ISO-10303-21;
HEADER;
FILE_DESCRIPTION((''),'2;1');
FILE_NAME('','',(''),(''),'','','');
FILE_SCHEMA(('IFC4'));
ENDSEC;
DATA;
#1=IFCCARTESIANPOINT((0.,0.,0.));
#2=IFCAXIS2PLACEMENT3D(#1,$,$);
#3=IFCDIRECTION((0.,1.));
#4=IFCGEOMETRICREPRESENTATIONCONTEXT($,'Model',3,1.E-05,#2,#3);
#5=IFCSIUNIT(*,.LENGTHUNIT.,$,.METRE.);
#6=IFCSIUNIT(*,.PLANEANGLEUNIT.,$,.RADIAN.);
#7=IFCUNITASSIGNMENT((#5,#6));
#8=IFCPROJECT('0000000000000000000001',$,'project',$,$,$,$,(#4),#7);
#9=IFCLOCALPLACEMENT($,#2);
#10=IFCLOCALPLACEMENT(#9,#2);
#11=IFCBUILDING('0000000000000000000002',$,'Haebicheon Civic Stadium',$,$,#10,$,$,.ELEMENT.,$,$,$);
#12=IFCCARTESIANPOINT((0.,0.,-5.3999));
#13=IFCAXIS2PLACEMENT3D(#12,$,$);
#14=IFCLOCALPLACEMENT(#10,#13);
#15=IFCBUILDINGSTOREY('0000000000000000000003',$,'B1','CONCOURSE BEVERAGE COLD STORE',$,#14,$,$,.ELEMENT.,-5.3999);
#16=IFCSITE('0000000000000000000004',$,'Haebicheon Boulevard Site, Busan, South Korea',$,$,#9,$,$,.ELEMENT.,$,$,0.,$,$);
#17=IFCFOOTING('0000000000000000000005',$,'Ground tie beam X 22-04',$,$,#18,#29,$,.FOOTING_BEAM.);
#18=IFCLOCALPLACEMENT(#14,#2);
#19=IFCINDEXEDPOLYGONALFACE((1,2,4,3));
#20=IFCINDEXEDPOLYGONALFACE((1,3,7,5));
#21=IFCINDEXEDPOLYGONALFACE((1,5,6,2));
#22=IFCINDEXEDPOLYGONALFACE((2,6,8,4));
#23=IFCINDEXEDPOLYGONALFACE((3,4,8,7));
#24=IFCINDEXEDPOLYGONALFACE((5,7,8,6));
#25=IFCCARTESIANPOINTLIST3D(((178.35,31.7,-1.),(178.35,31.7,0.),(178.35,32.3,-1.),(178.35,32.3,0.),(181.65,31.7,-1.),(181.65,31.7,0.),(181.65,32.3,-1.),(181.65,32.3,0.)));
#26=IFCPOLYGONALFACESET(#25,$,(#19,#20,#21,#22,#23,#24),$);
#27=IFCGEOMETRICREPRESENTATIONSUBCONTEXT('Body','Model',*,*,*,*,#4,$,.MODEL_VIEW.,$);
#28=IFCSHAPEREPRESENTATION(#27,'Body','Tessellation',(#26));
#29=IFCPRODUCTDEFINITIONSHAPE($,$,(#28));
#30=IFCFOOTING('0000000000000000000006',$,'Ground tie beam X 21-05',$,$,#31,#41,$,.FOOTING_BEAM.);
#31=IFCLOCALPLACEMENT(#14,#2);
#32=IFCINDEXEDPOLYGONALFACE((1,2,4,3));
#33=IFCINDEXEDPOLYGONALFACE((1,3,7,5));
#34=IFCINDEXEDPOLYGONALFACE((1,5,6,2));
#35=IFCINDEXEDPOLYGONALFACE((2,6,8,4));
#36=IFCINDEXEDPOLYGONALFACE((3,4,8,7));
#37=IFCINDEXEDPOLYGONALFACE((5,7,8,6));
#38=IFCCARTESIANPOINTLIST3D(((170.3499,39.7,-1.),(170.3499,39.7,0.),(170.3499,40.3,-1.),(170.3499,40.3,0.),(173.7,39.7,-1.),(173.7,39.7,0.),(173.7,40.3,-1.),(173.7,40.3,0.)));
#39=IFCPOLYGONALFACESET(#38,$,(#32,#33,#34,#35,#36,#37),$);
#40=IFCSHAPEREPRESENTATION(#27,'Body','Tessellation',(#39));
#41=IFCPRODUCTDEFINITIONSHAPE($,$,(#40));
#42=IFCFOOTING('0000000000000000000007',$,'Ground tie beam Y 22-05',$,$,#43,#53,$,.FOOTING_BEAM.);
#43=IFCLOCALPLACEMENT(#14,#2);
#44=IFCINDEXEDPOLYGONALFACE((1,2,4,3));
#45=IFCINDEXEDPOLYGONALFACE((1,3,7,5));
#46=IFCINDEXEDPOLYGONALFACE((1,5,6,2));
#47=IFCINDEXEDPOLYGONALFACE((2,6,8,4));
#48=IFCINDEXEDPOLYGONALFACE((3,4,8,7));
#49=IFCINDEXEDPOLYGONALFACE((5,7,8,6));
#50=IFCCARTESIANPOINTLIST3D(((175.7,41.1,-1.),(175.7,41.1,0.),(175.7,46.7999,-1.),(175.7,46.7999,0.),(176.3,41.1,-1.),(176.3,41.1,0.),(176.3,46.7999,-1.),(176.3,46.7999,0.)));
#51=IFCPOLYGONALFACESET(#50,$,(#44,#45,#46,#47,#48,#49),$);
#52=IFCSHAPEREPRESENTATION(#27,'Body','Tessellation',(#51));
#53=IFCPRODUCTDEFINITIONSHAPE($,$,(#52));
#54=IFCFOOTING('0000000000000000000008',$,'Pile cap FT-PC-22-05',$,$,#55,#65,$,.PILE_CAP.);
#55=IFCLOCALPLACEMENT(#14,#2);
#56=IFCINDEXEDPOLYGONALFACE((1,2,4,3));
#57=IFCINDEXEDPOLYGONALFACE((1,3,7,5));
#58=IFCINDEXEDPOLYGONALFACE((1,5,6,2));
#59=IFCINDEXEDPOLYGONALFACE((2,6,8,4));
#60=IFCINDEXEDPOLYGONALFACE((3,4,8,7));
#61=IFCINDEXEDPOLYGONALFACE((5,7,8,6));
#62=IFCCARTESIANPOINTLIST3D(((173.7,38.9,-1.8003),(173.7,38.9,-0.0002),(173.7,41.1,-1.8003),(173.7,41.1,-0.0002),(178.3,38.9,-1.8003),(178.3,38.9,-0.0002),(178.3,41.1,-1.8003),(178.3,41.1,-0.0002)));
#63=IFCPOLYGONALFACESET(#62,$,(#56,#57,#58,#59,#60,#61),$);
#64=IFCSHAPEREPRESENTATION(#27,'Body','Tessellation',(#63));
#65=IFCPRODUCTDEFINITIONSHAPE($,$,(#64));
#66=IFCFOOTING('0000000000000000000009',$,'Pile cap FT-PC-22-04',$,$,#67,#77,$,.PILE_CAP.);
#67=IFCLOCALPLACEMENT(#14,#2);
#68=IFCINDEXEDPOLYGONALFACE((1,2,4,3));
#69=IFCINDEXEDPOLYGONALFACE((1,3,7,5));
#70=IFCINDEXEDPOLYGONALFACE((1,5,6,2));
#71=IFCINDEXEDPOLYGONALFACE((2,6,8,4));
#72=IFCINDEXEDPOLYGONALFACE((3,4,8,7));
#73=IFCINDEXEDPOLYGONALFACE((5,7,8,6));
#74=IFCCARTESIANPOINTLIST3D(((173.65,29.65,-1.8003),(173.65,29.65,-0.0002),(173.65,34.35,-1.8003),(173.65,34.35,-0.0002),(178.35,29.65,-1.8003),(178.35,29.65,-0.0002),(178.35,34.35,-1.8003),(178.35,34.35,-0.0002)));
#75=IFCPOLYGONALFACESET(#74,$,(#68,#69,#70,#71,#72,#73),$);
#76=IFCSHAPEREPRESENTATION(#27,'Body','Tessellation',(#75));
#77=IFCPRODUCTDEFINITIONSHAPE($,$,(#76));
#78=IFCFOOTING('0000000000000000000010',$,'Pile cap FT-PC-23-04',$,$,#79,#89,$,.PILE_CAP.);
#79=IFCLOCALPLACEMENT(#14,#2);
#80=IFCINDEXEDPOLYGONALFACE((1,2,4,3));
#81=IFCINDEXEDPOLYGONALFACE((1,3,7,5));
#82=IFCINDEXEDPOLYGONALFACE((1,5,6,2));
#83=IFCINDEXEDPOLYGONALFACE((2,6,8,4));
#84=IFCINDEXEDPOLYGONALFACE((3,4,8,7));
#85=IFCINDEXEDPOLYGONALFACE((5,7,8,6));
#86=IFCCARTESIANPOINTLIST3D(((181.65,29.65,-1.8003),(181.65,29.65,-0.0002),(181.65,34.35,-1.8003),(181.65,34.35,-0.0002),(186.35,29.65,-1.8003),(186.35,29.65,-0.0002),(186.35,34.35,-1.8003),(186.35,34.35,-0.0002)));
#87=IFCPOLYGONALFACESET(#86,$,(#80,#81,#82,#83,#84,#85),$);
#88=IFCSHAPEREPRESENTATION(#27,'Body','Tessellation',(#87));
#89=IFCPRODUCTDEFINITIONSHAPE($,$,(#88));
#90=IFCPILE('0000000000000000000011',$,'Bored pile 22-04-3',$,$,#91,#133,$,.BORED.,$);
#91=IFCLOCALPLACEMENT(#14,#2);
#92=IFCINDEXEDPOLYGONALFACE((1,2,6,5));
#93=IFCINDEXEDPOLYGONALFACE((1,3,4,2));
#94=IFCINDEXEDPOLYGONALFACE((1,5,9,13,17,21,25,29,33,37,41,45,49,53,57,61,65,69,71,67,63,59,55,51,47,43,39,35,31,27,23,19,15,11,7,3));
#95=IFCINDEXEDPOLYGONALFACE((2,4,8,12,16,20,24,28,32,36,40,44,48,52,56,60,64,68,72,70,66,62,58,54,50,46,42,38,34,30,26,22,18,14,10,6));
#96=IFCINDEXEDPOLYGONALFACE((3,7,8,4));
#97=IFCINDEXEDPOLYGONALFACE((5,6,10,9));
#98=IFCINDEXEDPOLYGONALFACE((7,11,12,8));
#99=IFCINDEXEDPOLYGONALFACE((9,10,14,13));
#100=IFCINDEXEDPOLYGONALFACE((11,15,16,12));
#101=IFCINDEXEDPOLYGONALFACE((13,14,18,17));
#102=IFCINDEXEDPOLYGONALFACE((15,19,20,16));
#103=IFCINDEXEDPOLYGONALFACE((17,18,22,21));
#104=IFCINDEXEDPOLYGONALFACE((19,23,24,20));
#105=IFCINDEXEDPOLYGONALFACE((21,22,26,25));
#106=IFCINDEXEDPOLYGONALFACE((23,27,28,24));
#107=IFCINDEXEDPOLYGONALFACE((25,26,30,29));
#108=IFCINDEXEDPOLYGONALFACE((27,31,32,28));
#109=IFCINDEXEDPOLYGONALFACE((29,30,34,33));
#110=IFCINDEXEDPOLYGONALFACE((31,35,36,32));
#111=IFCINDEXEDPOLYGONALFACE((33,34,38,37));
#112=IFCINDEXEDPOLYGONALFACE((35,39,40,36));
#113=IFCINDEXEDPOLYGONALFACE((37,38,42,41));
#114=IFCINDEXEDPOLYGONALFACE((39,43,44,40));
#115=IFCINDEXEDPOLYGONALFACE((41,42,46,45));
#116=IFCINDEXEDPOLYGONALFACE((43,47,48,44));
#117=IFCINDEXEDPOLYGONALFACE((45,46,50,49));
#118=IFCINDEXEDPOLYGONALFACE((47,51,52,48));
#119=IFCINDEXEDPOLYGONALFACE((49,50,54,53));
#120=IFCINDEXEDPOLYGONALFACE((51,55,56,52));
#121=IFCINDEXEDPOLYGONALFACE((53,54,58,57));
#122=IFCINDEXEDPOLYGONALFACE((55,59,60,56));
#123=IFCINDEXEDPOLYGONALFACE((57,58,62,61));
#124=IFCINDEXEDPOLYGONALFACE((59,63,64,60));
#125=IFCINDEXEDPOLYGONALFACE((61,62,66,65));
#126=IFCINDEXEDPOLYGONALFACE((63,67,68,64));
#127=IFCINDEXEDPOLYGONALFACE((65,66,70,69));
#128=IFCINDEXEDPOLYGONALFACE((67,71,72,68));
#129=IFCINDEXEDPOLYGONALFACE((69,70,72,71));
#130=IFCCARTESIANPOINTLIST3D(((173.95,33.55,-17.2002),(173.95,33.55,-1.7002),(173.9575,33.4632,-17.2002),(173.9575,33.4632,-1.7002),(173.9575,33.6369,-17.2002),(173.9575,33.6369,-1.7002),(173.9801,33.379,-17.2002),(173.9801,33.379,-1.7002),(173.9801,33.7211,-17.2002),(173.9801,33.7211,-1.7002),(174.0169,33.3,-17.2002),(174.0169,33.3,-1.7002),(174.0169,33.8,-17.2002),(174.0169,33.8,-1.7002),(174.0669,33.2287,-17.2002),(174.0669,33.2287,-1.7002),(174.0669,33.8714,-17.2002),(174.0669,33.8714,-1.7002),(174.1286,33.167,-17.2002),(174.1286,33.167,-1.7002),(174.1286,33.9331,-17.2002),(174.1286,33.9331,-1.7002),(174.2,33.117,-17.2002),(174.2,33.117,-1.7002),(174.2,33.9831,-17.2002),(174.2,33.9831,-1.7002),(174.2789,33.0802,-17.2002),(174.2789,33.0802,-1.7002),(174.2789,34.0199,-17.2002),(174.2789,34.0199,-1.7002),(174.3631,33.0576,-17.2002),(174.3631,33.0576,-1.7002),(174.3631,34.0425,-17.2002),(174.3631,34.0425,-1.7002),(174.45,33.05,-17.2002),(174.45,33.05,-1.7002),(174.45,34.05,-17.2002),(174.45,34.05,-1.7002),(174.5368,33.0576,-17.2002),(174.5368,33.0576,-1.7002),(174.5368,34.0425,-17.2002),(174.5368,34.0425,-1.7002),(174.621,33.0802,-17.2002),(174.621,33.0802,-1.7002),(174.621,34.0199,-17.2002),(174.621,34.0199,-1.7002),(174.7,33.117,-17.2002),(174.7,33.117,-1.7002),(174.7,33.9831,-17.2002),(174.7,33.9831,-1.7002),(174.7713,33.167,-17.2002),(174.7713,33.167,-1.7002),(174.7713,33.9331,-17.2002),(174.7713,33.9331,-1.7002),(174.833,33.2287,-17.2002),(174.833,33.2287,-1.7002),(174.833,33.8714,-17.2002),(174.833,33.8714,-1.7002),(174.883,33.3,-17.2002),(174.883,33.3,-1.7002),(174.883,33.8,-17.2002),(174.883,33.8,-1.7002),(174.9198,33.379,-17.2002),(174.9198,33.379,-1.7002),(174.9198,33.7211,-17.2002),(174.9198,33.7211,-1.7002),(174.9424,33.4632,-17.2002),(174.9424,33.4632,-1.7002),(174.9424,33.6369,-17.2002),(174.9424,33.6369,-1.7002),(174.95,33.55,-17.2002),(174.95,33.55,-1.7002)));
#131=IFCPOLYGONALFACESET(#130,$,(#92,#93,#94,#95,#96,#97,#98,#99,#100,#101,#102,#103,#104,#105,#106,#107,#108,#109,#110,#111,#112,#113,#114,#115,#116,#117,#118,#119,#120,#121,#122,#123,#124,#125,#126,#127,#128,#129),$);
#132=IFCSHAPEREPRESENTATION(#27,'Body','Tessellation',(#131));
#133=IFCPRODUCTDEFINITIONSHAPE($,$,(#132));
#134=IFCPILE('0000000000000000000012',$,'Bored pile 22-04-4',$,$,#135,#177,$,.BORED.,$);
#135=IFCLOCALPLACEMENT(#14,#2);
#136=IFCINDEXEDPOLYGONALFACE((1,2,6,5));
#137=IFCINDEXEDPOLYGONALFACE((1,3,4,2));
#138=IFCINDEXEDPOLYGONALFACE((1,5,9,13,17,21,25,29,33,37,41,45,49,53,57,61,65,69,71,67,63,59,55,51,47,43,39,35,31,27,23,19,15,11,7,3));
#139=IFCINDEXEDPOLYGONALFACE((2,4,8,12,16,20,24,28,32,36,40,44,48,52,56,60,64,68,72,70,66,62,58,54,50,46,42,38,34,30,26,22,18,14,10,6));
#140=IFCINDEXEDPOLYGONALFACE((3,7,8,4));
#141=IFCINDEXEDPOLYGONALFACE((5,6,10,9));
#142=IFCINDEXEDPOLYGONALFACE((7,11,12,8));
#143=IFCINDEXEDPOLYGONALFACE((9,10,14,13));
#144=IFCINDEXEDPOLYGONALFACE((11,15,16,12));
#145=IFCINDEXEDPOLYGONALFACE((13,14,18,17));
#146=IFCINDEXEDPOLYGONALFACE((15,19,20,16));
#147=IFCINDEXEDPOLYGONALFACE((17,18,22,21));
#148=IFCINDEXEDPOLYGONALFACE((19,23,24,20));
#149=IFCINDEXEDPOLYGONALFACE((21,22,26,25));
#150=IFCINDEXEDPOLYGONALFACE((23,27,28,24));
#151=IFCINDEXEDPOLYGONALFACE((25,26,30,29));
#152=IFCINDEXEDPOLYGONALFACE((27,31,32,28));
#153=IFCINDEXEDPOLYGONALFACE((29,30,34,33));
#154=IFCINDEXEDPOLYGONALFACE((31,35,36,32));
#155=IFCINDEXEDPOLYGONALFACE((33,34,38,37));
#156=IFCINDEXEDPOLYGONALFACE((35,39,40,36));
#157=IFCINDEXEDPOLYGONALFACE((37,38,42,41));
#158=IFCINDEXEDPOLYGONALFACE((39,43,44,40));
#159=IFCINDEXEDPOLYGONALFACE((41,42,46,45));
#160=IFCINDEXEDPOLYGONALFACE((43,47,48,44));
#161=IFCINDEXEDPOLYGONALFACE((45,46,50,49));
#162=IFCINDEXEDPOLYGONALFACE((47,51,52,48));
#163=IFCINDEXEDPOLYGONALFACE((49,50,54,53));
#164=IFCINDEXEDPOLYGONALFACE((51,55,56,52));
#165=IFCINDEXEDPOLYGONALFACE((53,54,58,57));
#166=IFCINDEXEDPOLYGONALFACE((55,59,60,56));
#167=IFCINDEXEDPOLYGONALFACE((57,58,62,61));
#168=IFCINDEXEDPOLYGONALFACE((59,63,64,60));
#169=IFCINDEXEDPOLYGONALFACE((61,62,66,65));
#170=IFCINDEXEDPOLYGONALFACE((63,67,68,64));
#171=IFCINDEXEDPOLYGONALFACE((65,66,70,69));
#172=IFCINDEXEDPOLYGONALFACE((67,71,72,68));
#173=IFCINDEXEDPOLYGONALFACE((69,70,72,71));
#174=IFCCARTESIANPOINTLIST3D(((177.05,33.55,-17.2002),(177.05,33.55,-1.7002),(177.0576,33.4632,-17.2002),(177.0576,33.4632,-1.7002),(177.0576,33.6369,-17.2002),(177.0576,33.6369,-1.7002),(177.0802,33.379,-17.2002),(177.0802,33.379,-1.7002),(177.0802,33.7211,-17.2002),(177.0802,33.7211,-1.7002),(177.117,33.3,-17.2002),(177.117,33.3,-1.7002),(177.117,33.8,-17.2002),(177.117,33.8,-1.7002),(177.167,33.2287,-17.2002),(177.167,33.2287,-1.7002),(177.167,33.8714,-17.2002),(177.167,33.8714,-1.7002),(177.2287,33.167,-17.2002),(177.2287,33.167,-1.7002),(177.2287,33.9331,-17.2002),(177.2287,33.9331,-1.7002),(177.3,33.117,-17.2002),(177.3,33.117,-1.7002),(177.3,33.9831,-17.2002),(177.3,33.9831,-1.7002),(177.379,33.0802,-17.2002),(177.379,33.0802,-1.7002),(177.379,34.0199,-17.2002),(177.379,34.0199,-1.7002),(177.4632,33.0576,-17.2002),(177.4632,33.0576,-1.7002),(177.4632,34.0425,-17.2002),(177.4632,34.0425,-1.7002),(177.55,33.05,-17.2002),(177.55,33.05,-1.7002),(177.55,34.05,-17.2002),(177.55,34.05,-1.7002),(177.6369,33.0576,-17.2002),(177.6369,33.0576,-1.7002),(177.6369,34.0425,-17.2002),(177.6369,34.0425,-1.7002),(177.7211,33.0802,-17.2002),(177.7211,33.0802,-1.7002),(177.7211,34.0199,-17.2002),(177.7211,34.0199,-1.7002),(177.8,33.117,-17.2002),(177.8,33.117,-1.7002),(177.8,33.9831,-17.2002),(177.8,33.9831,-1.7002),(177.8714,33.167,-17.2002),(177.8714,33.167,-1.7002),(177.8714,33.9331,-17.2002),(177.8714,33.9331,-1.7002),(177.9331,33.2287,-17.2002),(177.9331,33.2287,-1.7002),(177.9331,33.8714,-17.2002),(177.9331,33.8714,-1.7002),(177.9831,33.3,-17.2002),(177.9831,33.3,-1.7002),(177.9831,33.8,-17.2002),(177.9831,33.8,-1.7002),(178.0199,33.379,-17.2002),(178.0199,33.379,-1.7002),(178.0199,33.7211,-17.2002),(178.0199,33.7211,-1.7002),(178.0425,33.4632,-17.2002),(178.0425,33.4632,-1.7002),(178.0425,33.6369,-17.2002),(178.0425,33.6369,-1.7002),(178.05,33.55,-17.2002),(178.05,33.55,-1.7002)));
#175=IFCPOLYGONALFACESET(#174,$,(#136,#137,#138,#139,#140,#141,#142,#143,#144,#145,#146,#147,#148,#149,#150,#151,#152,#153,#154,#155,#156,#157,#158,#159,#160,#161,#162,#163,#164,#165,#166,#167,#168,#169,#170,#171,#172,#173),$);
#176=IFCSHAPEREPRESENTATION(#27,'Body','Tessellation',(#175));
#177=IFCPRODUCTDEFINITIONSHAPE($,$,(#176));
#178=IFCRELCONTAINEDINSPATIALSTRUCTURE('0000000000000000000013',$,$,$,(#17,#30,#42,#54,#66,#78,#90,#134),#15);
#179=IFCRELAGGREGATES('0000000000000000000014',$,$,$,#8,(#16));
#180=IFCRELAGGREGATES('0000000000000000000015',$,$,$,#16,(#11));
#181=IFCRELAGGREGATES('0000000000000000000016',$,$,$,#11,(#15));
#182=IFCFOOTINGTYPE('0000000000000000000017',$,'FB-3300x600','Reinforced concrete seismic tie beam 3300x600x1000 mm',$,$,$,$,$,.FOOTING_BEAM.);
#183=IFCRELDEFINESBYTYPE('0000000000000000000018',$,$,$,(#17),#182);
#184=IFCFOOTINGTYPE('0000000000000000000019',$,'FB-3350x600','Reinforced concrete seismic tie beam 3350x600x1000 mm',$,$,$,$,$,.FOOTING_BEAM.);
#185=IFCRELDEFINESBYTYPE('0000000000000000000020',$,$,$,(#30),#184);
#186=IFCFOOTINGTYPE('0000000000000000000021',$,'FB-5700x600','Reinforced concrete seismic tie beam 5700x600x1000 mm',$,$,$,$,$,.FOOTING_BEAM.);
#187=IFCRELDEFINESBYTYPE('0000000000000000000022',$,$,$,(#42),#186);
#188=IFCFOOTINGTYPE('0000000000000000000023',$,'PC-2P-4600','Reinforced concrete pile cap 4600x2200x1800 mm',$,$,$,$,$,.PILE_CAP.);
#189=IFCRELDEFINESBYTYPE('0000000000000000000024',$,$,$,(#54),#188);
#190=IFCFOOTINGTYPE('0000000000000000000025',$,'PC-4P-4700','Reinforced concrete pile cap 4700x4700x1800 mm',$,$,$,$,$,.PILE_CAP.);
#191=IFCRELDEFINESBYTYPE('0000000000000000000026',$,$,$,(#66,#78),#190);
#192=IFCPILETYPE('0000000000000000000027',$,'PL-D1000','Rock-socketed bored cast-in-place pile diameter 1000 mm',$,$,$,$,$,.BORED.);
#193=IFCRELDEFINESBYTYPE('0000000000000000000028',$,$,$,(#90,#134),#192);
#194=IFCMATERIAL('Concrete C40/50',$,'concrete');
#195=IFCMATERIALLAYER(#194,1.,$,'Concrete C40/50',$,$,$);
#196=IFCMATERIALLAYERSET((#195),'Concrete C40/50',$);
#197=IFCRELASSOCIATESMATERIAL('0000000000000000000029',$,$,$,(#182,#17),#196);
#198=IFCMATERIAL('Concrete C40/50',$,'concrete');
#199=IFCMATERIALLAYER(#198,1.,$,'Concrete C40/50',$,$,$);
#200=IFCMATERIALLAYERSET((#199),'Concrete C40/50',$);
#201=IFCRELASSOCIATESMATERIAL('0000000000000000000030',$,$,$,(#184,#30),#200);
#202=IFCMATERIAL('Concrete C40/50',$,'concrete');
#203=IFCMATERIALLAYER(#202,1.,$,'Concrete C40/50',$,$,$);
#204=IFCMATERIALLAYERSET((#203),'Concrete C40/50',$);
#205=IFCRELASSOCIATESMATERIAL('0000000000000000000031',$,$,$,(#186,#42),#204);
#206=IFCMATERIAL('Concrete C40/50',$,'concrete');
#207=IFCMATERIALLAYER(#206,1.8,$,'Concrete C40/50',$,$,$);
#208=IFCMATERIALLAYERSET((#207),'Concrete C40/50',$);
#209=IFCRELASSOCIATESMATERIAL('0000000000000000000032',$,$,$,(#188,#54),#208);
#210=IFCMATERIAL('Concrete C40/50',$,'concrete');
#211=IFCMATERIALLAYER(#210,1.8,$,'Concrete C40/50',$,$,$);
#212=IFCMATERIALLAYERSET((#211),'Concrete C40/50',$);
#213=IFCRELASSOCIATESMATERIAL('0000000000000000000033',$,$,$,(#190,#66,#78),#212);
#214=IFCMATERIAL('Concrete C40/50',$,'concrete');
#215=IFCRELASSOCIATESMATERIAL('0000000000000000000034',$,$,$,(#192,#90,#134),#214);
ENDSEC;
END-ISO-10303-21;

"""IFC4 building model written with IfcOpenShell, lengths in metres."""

from ifc_helpers import new_model, si_unit, direction, frame, origin, origin_2d, place, context, subcontext, project, spatial, rectangle, circle, extrude, material, layer, layer_set, material_profile, profile_set, type_object, element, save


model = new_model("IFC4")

# Units and contexts
model_context = context("Model", 3, precision=1e-05, world=origin(), true_north=direction((0.0, 1.0)))
body_context = subcontext(model_context, "Body", "Model", "MODEL_VIEW")
ifc_project = project(units=[si_unit("LENGTHUNIT", "METRE"), si_unit("PLANEANGLEUNIT", "RADIAN")], contexts=[model_context])

# Site, building, storey
site_placement = place(None, origin())
site = spatial("IfcSite", under=ifc_project, at=site_placement, Name="Haebicheon Boulevard Site, Busan, South Korea", CompositionType="ELEMENT", RefElevation=0.0)
building_placement = place(site_placement, origin())
building = spatial("IfcBuilding", under=site, at=building_placement, Name="Haebicheon Civic Stadium", CompositionType="ELEMENT")
storey_placement = place(building_placement, frame((0.0, 0.0, -5.3999)))
storey = spatial("IfcBuildingStorey", under=building, at=storey_placement, Name="B1", Description="CONCOURSE BEVERAGE COLD STORE", CompositionType="ELEMENT", Elevation=-5.3999)

# Footings
ifc_material_1 = material(Name="Concrete C40/50", Category="concrete")
ifc_layer_1 = layer(ifc_material_1, 1.0, Name="Concrete C40/50")
ifc_layer_set_1 = layer_set([ifc_layer_1], Name="Concrete C40/50")
footing_type_1 = type_object("IfcFootingType", Name="FB-3300x600", Description="Reinforced concrete seismic tie beam 3300x600x1000 mm", PredefinedType="FOOTING_BEAM", material=ifc_layer_set_1)
footing_1_placement = place(storey_placement, frame((180.0, 32.0, -1.0), z_axis=(0.0, 0.0, 1.0), x_axis=(1.0, 0.0, 0.0)))
element("IfcFooting", 1, at=footing_1_placement, inside=storey, type_object=footing_type_1, material=ifc_layer_set_1, Name="Ground tie beam X 22-04", PredefinedType="FOOTING_BEAM", context=body_context, shape_type="SweptSolid", body=[
    extrude(rectangle(XDim=3.3, YDim=0.6001, at=origin_2d()), origin(), (0.0, 0.0, 1.0), 1.0),
])
ifc_material_2 = material(Name="Concrete C40/50", Category="concrete")
ifc_layer_2 = layer(ifc_material_2, 1.0, Name="Concrete C40/50")
ifc_layer_set_2 = layer_set([ifc_layer_2], Name="Concrete C40/50")
footing_type_2 = type_object("IfcFootingType", Name="FB-3350x600", Description="Reinforced concrete seismic tie beam 3350x600x1000 mm", PredefinedType="FOOTING_BEAM", material=ifc_layer_set_2)
footing_2_placement = place(storey_placement, frame((172.0249, 40.0, -1.0), z_axis=(0.0, 0.0, 1.0), x_axis=(1.0, 0.0, 0.0)))
element("IfcFooting", 2, at=footing_2_placement, inside=storey, type_object=footing_type_2, material=ifc_layer_set_2, Name="Ground tie beam X 21-05", PredefinedType="FOOTING_BEAM", context=body_context, shape_type="SweptSolid", body=[
    extrude(rectangle(XDim=3.3501, YDim=0.6001, at=origin_2d()), origin(), (0.0, 0.0, 1.0), 1.0),
])
ifc_material_3 = material(Name="Concrete C40/50", Category="concrete")
ifc_layer_3 = layer(ifc_material_3, 1.0, Name="Concrete C40/50")
ifc_layer_set_3 = layer_set([ifc_layer_3], Name="Concrete C40/50")
footing_type_3 = type_object("IfcFootingType", Name="FB-5700x600", Description="Reinforced concrete seismic tie beam 5700x600x1000 mm", PredefinedType="FOOTING_BEAM", material=ifc_layer_set_3)
footing_3_placement = place(storey_placement, frame((176.0, 43.95, -1.0), z_axis=(0.0, 0.0, 1.0), x_axis=(0.0, 1.0, 0.0)))
element("IfcFooting", 3, at=footing_3_placement, inside=storey, type_object=footing_type_3, material=ifc_layer_set_3, Name="Ground tie beam Y 22-05", PredefinedType="FOOTING_BEAM", context=body_context, shape_type="SweptSolid", body=[
    extrude(rectangle(XDim=5.7, YDim=0.6001, at=origin_2d()), origin(), (0.0, 0.0, 1.0), 1.0),
])
ifc_material_4 = material(Name="Concrete C40/50", Category="concrete")
ifc_layer_4 = layer(ifc_material_4, 1.8, Name="Concrete C40/50")
ifc_layer_set_4 = layer_set([ifc_layer_4], Name="Concrete C40/50")
footing_type_4 = type_object("IfcFootingType", Name="PC-2P-4600", Description="Reinforced concrete pile cap 4600x2200x1800 mm", PredefinedType="PILE_CAP", material=ifc_layer_set_4)
footing_4_placement = place(storey_placement, frame((176.0, 40.0, -1.8003), z_axis=(0.0, 0.0, 1.0), x_axis=(1.0, 0.0, 0.0)))
element("IfcFooting", 4, at=footing_4_placement, inside=storey, type_object=footing_type_4, material=ifc_layer_set_4, Name="Pile cap FT-PC-22-05", PredefinedType="PILE_CAP", context=body_context, shape_type="SweptSolid", body=[
    extrude(rectangle(XDim=4.6001, YDim=2.2, at=origin_2d()), origin(), (0.0, 0.0, 1.0), 1.8),
])
ifc_material_5 = material(Name="Concrete C40/50", Category="concrete")
ifc_layer_5 = layer(ifc_material_5, 1.8, Name="Concrete C40/50")
ifc_layer_set_5 = layer_set([ifc_layer_5], Name="Concrete C40/50")
footing_type_5 = type_object("IfcFootingType", Name="PC-4P-4700", Description="Reinforced concrete pile cap 4700x4700x1800 mm", PredefinedType="PILE_CAP", material=ifc_layer_set_5)
for number, where, z_axis, x_axis, name in (
    (5, (176.0, 32.0, -1.8003), (0.0, 0.0, 1.0), (1.0, 0.0, 0.0), "Pile cap FT-PC-22-04"),
    (6, (184.0, 32.0, -1.8003), (0.0, 0.0, 1.0), (1.0, 0.0, 0.0), "Pile cap FT-PC-23-04"),
):
    element("IfcFooting", number, at=place(storey_placement, frame(where, z_axis=z_axis, x_axis=x_axis)), inside=storey, type_object=footing_type_5, material=ifc_layer_set_5, Name=name, PredefinedType="PILE_CAP", context=body_context, shape_type="SweptSolid", body=[
        extrude(rectangle(XDim=4.7, YDim=4.7, at=origin_2d()), origin(), (0.0, 0.0, 1.0), 1.8),
    ])

# Piles
ifc_material_6 = material(Name="Concrete C40/50", Category="concrete")
ifc_material_profile_1 = material_profile(ifc_material_6, circle(Radius=0.5, at=origin_2d()), Name="PILE-D1000")
ifc_profile_set_1 = profile_set([ifc_material_profile_1], Name="Concrete C40/50")
pile_type = type_object("IfcPileType", Name="PL-D1000", Description="Rock-socketed bored cast-in-place pile diameter 1000 mm", PredefinedType="BORED", material=ifc_profile_set_1)
for number, where, z_axis, x_axis, name in (
    (7, (174.45, 33.55, -1.7002), (0.0, 0.0, -1.0), (1.0, 0.0, 0.0), "Bored pile 22-04-3"),
    (8, (177.55, 33.55, -1.7002), (0.0, 0.0, -1.0), (1.0, 0.0, 0.0), "Bored pile 22-04-4"),
):
    element("IfcPile", number, at=place(storey_placement, frame(where, z_axis=z_axis, x_axis=x_axis)), inside=storey, type_object=pile_type, material=ifc_profile_set_1, Name=name, PredefinedType="BORED", context=body_context, shape_type="SweptSolid", body=[
        extrude(circle(Radius=0.5, at=origin_2d()), origin(), (0.0, 0.0, 1.0), 15.5),
    ])

save(model, "model.ifc")
